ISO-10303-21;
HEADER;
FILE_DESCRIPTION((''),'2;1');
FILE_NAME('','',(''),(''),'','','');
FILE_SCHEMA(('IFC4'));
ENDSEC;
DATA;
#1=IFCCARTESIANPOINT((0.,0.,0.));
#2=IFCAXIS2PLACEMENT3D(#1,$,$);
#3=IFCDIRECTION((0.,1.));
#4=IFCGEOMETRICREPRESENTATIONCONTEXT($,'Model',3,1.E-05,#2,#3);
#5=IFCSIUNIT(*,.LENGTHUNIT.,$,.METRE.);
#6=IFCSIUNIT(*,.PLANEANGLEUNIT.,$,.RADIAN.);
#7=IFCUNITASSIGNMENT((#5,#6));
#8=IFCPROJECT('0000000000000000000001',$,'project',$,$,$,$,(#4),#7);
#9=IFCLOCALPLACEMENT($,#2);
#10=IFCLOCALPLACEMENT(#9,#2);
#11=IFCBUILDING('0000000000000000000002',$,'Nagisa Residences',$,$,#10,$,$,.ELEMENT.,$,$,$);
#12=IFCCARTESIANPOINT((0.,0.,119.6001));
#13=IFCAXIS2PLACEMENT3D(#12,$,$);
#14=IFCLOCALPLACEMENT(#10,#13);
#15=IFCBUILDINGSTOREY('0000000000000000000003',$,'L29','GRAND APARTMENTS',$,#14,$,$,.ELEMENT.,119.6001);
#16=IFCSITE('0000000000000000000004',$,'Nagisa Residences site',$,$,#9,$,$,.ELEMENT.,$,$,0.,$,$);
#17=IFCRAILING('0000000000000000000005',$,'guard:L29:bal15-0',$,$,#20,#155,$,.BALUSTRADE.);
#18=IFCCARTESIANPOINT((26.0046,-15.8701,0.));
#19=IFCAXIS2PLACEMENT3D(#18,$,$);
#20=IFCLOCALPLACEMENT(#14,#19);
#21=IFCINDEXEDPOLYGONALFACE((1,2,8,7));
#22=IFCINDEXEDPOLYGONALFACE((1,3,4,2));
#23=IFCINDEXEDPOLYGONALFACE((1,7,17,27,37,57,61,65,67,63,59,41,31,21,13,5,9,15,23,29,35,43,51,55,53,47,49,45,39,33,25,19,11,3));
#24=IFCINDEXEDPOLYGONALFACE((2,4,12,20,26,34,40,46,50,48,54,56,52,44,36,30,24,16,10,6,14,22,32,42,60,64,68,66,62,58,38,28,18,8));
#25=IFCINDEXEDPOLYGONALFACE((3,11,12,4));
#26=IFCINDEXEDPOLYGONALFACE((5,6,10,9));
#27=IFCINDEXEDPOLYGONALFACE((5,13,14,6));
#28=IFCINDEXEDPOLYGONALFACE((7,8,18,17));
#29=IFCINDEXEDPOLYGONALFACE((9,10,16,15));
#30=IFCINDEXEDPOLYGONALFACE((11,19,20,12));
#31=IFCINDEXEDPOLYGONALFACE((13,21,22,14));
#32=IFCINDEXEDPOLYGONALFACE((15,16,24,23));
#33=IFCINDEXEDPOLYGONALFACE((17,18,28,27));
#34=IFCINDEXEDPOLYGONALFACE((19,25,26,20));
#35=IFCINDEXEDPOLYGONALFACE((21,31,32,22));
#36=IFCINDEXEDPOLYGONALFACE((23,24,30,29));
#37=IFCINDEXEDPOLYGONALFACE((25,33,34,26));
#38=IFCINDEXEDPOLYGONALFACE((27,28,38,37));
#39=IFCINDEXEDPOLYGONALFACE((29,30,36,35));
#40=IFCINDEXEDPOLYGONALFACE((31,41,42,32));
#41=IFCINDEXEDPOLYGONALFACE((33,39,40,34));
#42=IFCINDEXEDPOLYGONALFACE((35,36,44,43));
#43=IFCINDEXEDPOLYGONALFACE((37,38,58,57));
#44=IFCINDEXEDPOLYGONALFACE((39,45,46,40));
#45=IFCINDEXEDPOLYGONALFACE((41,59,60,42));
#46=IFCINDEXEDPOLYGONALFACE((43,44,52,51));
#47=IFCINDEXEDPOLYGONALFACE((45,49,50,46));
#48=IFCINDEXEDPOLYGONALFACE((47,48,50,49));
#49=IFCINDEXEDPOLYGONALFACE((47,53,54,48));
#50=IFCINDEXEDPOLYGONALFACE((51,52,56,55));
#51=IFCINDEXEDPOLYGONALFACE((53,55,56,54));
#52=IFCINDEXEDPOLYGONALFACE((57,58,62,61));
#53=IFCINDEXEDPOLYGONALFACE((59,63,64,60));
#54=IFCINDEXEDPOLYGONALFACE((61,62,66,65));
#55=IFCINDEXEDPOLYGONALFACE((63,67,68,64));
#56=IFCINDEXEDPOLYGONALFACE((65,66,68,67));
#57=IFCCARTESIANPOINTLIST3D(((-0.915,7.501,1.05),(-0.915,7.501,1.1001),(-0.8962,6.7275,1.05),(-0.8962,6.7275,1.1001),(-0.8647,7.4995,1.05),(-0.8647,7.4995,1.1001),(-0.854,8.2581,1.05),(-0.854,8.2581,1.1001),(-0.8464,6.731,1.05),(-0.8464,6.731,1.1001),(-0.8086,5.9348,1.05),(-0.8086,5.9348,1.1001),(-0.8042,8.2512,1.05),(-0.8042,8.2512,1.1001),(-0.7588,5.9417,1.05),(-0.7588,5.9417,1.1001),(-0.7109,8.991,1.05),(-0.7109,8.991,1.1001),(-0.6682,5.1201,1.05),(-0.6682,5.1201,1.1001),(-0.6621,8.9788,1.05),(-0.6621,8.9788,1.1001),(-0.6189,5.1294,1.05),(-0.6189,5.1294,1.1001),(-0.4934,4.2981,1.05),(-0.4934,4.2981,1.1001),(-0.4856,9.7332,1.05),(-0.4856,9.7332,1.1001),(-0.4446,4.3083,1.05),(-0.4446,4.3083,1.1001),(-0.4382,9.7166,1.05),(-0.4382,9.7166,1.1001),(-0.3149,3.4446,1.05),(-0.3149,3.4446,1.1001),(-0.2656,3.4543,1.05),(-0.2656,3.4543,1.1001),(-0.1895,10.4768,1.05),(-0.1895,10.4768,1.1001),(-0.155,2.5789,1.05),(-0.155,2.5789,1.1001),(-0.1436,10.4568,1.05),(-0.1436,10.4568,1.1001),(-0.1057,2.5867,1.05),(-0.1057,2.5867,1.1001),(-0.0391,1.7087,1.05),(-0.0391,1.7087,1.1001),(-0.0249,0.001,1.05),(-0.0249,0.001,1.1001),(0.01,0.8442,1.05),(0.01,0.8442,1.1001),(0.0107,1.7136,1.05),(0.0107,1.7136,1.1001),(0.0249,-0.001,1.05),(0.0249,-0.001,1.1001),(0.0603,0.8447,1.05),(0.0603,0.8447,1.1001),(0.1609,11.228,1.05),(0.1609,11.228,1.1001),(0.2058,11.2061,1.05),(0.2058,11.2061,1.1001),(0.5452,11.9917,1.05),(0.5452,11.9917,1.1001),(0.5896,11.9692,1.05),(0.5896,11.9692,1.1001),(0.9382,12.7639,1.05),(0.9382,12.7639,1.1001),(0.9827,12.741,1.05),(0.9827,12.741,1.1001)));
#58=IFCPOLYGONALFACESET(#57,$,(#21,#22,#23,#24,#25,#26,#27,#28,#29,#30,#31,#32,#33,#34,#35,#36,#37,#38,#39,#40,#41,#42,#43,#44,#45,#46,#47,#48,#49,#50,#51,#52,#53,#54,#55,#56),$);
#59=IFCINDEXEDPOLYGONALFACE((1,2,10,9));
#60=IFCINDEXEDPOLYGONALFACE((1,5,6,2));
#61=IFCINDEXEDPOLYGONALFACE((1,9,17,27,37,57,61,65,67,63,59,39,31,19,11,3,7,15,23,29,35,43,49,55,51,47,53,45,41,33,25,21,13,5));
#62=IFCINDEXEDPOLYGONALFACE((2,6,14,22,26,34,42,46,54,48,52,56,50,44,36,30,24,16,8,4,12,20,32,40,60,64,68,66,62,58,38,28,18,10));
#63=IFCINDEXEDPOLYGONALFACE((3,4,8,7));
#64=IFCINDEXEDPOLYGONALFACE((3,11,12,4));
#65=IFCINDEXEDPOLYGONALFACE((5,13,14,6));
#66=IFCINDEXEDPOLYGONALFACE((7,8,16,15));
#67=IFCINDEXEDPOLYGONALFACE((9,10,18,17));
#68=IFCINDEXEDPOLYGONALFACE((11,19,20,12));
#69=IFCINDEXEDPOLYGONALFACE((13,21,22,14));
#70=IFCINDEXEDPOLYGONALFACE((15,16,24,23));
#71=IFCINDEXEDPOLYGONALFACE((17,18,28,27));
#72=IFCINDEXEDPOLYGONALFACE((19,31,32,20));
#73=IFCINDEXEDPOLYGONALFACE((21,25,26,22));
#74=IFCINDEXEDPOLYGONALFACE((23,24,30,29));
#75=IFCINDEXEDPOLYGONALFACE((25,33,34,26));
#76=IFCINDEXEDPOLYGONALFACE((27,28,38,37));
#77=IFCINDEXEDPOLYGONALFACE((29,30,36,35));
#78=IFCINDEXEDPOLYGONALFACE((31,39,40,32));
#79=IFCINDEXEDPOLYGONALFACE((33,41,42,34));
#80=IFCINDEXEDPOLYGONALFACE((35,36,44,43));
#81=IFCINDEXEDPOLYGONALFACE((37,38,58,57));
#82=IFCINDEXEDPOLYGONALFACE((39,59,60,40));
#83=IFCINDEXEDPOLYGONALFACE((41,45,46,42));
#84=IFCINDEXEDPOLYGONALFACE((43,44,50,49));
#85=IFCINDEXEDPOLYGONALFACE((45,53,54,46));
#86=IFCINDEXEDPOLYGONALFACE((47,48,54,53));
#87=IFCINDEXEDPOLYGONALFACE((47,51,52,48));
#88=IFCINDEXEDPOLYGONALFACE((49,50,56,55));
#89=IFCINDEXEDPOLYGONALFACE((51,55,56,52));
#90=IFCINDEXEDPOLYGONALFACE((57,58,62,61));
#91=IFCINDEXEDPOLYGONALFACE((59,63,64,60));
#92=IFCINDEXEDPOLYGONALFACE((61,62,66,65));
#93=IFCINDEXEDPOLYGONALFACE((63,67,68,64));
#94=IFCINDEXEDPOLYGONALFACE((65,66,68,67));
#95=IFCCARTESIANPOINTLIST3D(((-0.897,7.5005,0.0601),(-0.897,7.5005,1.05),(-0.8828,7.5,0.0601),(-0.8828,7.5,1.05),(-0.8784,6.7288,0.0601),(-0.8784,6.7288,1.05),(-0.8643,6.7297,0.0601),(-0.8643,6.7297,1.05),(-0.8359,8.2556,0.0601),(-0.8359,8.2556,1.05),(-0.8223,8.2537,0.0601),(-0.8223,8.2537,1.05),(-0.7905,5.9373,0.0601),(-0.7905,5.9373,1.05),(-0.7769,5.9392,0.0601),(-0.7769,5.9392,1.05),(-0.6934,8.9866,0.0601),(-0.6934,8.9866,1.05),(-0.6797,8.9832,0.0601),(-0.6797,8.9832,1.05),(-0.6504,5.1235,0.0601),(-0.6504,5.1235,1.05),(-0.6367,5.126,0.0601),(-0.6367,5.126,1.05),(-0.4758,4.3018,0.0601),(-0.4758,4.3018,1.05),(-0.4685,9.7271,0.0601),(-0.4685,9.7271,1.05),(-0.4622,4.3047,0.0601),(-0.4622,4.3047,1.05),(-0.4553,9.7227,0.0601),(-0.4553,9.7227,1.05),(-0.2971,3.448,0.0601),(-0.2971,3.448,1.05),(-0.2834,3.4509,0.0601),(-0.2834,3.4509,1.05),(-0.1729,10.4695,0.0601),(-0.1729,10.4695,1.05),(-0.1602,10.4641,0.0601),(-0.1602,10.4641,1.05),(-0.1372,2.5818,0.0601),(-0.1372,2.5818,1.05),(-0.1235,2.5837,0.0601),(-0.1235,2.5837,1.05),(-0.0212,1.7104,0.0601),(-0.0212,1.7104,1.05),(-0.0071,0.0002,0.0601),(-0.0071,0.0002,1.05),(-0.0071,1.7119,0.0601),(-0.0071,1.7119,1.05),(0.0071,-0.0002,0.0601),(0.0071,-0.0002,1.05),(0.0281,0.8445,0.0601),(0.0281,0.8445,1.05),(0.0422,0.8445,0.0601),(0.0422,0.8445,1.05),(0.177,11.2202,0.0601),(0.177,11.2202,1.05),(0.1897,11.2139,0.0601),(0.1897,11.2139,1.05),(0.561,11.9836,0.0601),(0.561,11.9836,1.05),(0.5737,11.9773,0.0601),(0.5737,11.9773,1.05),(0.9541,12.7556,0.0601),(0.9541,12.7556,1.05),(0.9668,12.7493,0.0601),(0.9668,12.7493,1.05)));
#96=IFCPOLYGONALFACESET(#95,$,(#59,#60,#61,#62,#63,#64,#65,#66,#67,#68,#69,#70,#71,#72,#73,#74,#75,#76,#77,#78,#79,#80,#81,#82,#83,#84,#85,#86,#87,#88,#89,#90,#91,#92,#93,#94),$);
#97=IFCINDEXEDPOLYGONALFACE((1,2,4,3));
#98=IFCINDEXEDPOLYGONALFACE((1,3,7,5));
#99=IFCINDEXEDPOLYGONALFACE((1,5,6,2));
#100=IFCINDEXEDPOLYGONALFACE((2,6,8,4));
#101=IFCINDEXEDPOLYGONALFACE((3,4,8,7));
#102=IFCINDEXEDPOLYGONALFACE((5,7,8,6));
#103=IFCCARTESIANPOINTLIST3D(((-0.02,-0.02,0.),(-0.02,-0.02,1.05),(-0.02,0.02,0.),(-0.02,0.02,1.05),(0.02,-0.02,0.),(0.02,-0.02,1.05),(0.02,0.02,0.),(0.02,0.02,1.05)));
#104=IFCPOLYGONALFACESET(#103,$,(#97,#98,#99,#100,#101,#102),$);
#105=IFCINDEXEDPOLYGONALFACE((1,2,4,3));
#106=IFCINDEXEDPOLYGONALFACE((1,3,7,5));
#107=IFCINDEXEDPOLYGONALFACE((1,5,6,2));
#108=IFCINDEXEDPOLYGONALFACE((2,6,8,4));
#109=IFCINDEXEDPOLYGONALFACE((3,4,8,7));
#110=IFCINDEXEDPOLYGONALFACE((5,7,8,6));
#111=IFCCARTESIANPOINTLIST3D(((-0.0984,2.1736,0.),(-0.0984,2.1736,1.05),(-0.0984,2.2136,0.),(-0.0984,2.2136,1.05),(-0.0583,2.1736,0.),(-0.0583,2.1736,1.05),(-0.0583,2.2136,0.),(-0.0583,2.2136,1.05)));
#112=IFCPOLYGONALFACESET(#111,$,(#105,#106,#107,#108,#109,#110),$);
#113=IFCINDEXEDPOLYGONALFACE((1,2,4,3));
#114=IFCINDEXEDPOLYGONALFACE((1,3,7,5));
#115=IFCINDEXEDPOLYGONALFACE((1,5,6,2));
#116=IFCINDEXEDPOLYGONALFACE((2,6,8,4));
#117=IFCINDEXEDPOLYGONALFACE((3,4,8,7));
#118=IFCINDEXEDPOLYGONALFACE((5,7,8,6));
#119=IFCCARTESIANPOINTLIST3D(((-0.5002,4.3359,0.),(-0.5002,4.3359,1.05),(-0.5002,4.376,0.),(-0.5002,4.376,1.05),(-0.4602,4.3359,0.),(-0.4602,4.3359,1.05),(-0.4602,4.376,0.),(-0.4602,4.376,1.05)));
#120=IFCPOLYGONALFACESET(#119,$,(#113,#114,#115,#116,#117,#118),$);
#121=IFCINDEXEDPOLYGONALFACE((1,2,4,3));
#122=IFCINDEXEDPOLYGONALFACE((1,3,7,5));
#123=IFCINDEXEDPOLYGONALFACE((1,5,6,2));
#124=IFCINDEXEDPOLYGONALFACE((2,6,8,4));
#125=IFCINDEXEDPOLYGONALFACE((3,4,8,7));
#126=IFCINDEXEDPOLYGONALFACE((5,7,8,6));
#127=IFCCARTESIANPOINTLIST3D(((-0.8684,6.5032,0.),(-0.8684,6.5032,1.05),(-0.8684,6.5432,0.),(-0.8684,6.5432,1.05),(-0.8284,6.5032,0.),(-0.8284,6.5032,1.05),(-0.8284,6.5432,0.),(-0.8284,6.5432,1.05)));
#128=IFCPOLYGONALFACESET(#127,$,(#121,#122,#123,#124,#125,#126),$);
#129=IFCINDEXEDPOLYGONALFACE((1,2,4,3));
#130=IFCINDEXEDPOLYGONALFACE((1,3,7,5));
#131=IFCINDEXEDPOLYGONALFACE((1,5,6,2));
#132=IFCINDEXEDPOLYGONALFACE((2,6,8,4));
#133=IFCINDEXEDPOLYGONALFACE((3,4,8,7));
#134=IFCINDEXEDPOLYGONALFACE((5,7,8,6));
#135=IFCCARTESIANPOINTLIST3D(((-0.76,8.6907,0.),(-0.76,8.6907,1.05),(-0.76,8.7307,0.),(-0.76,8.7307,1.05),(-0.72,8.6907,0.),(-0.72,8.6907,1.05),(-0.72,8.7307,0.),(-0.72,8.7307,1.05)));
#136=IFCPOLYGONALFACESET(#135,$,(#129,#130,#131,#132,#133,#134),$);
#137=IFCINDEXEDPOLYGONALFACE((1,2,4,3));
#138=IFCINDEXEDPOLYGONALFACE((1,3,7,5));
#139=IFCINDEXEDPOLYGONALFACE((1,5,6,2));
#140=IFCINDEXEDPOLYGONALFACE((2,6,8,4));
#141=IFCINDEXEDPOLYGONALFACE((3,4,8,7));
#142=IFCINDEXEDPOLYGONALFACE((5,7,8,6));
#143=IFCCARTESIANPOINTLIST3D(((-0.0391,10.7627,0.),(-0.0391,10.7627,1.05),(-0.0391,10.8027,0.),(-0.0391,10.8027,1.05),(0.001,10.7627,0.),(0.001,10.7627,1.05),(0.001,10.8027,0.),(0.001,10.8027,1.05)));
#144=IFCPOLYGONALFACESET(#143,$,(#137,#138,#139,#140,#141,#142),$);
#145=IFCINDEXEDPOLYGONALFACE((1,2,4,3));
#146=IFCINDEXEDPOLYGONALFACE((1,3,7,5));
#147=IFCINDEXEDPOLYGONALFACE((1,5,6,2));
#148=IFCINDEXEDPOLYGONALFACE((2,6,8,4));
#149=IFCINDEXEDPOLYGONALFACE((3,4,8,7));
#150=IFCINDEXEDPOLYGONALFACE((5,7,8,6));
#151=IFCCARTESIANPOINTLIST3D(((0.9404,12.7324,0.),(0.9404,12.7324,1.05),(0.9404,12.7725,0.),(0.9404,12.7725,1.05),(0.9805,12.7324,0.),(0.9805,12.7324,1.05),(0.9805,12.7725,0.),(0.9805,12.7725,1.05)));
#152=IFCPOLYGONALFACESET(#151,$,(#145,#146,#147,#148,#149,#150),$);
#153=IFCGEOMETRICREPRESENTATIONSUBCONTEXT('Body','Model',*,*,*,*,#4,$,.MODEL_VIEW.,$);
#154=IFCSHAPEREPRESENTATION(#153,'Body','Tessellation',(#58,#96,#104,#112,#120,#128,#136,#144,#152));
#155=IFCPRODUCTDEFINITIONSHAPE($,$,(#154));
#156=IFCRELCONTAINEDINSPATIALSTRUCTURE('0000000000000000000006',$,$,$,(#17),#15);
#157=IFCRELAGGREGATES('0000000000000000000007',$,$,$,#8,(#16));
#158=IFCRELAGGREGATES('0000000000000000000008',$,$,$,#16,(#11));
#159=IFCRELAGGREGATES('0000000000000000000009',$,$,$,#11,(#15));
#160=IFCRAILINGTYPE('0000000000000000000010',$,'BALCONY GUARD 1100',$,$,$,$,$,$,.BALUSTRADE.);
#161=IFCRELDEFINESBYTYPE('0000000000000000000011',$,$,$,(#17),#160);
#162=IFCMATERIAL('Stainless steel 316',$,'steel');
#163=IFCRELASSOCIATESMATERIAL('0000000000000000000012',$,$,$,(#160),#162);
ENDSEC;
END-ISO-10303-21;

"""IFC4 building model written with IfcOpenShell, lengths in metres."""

from ifc_helpers import new_model, si_unit, direction, frame, origin, origin_2d, place, context, subcontext, project, spatial, polyline, rectangle, outline, extrude, material, type_object, element, save


model = new_model("IFC4")

# Units and contexts
model_context = context("Model", 3, precision=1e-05, world=origin(), true_north=direction((0.0, 1.0)))
body_context = subcontext(model_context, "Body", "Model", "MODEL_VIEW")
ifc_project = project(units=[si_unit("LENGTHUNIT", "METRE"), si_unit("PLANEANGLEUNIT", "RADIAN")], contexts=[model_context])

# Site, building, storey
site_placement = place(None, origin())
site = spatial("IfcSite", under=ifc_project, at=site_placement, Name="Nagisa Residences site", CompositionType="ELEMENT", RefElevation=0.0)
building_placement = place(site_placement, origin())
building = spatial("IfcBuilding", under=site, at=building_placement, Name="Nagisa Residences", CompositionType="ELEMENT")
storey_placement = place(building_placement, frame((0.0, 0.0, 119.6001)))
storey = spatial("IfcBuildingStorey", under=building, at=storey_placement, Name="L29", Description="GRAND APARTMENTS", CompositionType="ELEMENT", Elevation=119.6001)

# Railing
ifc_material_1 = material(Name="Stainless steel 316", Category="steel")
railing_type = type_object("IfcRailingType", Name="BALCONY GUARD 1100", PredefinedType="BALUSTRADE", material=ifc_material_1)
railing_1_placement = place(storey_placement, frame((26.0046, -15.8701, 0.0)))
element("IfcRailing", 1, at=railing_1_placement, inside=storey, type_object=railing_type, Name="guard:L29:bal15-0", PredefinedType="BALUSTRADE", context=body_context, shape_type="SweptSolid", body=[
    extrude(outline(polyline([(0.01, 0.8442), (-0.0249, 0.001), (0.0249, -0.001), (0.0603, 0.8447), (0.0107, 1.7136), (-0.1057, 2.5867), (-0.2656, 3.4543), (-0.4446, 4.3083), (-0.6189, 5.1294), (-0.7588, 5.9417), (-0.8464, 6.731), (-0.8647, 7.4995), (-0.8042, 8.2512), (-0.6621, 8.9788), (-0.4382, 9.7166), (-0.1436, 10.4568), (0.2058, 11.2061), (0.5896, 11.9692), (0.9827, 12.741), (0.9382, 12.7639), (0.5452, 11.9917), (0.1609, 11.228), (-0.1895, 10.4768), (-0.4856, 9.7332), (-0.7109, 8.991), (-0.854, 8.2581), (-0.915, 7.501), (-0.8962, 6.7275), (-0.8086, 5.9348), (-0.6682, 5.1201), (-0.4934, 4.2981), (-0.3149, 3.4446), (-0.155, 2.5789), (-0.0391, 1.7087), (0.01, 0.8442)])), frame((0.0, 0.0, 1.05)), (0.0, 0.0, 1.0), 0.05),
    extrude(outline(polyline([(0.0281, 0.8445), (-0.0071, 0.0002), (0.0071, -0.0002), (0.0422, 0.8445), (-0.0071, 1.7119), (-0.1235, 2.5837), (-0.2834, 3.4509), (-0.4622, 4.3047), (-0.6367, 5.126), (-0.7769, 5.9392), (-0.8643, 6.7297), (-0.8828, 7.5), (-0.8223, 8.2537), (-0.6797, 8.9832), (-0.4553, 9.7227), (-0.1602, 10.4641), (0.1897, 11.2139), (0.5737, 11.9773), (0.9668, 12.7493), (0.9541, 12.7556), (0.561, 11.9836), (0.177, 11.2202), (-0.1729, 10.4695), (-0.4685, 9.7271), (-0.6934, 8.9866), (-0.8359, 8.2556), (-0.897, 7.5005), (-0.8784, 6.7288), (-0.7905, 5.9373), (-0.6504, 5.1235), (-0.4758, 4.3018), (-0.2971, 3.448), (-0.1372, 2.5818), (-0.0212, 1.7104), (0.0281, 0.8445)])), frame((0.0, 0.0, 0.0601)), (0.0, 0.0, 1.0), 0.99),
    extrude(rectangle(XDim=0.04, YDim=0.04, at=origin_2d()), origin(), (0.0, 0.0, 1.0), 1.05),
    extrude(rectangle(XDim=0.04, YDim=0.04, at=origin_2d()), frame((-0.0784, 2.1936, 0.0)), (0.0, 0.0, 1.0), 1.05),
    extrude(rectangle(XDim=0.04, YDim=0.04, at=origin_2d()), frame((-0.4802, 4.356, 0.0)), (0.0, 0.0, 1.0), 1.05),
    extrude(rectangle(XDim=0.04, YDim=0.04, at=origin_2d()), frame((-0.8484, 6.5232, 0.0)), (0.0, 0.0, 1.0), 1.05),
    extrude(rectangle(XDim=0.04, YDim=0.04, at=origin_2d()), frame((-0.74, 8.7107, 0.0)), (0.0, 0.0, 1.0), 1.05),
    extrude(rectangle(XDim=0.04, YDim=0.04, at=origin_2d()), frame((-0.019, 10.7827, 0.0)), (0.0, 0.0, 1.0), 1.05),
    extrude(rectangle(XDim=0.04, YDim=0.04, at=origin_2d()), frame((0.9604, 12.7524, 0.0)), (0.0, 0.0, 1.0), 1.05),
])

save(model, "model.ifc")
